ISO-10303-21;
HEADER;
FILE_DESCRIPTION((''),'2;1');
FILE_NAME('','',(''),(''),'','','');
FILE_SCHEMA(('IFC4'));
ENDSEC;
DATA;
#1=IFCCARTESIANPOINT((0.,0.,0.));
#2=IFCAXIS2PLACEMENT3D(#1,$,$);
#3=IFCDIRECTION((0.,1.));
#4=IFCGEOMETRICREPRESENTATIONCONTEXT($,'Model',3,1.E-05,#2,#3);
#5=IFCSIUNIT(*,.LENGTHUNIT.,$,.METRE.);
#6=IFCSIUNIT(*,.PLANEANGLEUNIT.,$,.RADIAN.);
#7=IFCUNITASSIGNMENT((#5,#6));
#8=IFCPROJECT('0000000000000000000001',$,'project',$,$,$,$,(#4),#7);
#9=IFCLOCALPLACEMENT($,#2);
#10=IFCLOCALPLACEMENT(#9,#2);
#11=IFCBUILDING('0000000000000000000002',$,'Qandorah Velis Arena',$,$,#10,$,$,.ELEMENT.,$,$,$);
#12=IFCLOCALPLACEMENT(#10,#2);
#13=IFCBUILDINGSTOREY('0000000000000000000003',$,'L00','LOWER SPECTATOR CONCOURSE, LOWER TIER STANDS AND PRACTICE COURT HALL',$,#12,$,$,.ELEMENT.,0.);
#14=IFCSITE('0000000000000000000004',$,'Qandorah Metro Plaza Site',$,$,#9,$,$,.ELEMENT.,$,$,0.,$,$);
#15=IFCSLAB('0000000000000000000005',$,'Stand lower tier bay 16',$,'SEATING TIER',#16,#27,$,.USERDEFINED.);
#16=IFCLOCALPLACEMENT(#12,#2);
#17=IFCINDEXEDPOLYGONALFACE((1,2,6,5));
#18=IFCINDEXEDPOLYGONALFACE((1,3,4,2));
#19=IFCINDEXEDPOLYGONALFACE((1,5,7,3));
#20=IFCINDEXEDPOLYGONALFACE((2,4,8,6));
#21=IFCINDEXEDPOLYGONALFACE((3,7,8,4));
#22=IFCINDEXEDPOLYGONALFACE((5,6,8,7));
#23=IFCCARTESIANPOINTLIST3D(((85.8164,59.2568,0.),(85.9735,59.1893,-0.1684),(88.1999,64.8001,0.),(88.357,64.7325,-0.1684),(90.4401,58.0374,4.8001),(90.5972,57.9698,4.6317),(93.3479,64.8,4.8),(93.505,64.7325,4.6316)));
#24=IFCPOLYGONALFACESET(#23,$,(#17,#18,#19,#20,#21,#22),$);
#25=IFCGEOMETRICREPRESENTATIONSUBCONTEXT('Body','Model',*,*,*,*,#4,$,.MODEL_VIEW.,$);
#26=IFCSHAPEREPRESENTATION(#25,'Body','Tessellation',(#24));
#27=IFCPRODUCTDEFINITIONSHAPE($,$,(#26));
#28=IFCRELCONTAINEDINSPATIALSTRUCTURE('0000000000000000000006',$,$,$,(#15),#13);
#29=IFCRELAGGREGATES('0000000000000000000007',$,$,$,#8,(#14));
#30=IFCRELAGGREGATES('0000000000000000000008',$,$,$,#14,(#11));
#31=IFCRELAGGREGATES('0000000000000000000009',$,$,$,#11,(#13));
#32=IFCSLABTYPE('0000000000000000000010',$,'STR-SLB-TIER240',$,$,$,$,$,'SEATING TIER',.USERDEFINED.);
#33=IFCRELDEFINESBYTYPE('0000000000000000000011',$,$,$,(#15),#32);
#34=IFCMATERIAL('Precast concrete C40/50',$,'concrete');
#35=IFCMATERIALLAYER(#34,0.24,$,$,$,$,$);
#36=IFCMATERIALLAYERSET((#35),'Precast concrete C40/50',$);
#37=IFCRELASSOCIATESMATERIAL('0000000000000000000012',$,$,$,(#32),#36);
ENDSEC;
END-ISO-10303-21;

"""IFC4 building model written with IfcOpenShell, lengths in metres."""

from ifc_helpers import new_model, si_unit, direction, frame, origin, place, context, subcontext, project, spatial, polyline, outline, extrude, material, layer, layer_set, type_object, element, save


model = new_model("IFC4")

# Units and contexts
model_context = context("Model", 3, precision=1e-05, world=origin(), true_north=direction((0.0, 1.0)))
body_context = subcontext(model_context, "Body", "Model", "MODEL_VIEW")
ifc_project = project(units=[si_unit("LENGTHUNIT", "METRE"), si_unit("PLANEANGLEUNIT", "RADIAN")], contexts=[model_context])

# Site, building, storey
site_placement = place(None, origin())
site = spatial("IfcSite", under=ifc_project, at=site_placement, Name="Qandorah Metro Plaza Site", CompositionType="ELEMENT", RefElevation=0.0)
building_placement = place(site_placement, origin())
building = spatial("IfcBuilding", under=site, at=building_placement, Name="Qandorah Velis Arena", CompositionType="ELEMENT")
storey_placement = place(building_placement, origin())
storey = spatial("IfcBuildingStorey", under=building, at=storey_placement, Name="L00", Description="LOWER SPECTATOR CONCOURSE, LOWER TIER STANDS AND PRACTICE COURT HALL", CompositionType="ELEMENT", Elevation=0.0)

# Slab
ifc_material_1 = material(Name="Precast concrete C40/50", Category="concrete")
ifc_layer = layer(ifc_material_1, 0.24)
ifc_layer_set = layer_set([ifc_layer], Name="Precast concrete C40/50")
slab_type = type_object("IfcSlabType", Name="STR-SLB-TIER240", ElementType="SEATING TIER", PredefinedType="USERDEFINED", material=ifc_layer_set)
slab_1_placement = place(storey_placement, frame((85.8164, 59.2568, 0.0), z_axis=(-0.654402, 0.281378, 0.701844), x_axis=(0.395016, 0.918674, 0.000007)))
element("IfcSlab", 1, at=slab_1_placement, inside=storey, type_object=slab_type, Name="Stand lower tier bay 16", ObjectType="SEATING TIER", PredefinedType="USERDEFINED", context=body_context, shape_type="SweptSolid", body=[
    extrude(outline(polyline([(0.0, 0.0), (6.0339, 0.0), (8.0675, -6.7384), (0.7062, -6.7386), (0.0, 0.0)])), origin(), (0.0, 0.0, -1.0), 0.24),
])

save(model, "model.ifc")
